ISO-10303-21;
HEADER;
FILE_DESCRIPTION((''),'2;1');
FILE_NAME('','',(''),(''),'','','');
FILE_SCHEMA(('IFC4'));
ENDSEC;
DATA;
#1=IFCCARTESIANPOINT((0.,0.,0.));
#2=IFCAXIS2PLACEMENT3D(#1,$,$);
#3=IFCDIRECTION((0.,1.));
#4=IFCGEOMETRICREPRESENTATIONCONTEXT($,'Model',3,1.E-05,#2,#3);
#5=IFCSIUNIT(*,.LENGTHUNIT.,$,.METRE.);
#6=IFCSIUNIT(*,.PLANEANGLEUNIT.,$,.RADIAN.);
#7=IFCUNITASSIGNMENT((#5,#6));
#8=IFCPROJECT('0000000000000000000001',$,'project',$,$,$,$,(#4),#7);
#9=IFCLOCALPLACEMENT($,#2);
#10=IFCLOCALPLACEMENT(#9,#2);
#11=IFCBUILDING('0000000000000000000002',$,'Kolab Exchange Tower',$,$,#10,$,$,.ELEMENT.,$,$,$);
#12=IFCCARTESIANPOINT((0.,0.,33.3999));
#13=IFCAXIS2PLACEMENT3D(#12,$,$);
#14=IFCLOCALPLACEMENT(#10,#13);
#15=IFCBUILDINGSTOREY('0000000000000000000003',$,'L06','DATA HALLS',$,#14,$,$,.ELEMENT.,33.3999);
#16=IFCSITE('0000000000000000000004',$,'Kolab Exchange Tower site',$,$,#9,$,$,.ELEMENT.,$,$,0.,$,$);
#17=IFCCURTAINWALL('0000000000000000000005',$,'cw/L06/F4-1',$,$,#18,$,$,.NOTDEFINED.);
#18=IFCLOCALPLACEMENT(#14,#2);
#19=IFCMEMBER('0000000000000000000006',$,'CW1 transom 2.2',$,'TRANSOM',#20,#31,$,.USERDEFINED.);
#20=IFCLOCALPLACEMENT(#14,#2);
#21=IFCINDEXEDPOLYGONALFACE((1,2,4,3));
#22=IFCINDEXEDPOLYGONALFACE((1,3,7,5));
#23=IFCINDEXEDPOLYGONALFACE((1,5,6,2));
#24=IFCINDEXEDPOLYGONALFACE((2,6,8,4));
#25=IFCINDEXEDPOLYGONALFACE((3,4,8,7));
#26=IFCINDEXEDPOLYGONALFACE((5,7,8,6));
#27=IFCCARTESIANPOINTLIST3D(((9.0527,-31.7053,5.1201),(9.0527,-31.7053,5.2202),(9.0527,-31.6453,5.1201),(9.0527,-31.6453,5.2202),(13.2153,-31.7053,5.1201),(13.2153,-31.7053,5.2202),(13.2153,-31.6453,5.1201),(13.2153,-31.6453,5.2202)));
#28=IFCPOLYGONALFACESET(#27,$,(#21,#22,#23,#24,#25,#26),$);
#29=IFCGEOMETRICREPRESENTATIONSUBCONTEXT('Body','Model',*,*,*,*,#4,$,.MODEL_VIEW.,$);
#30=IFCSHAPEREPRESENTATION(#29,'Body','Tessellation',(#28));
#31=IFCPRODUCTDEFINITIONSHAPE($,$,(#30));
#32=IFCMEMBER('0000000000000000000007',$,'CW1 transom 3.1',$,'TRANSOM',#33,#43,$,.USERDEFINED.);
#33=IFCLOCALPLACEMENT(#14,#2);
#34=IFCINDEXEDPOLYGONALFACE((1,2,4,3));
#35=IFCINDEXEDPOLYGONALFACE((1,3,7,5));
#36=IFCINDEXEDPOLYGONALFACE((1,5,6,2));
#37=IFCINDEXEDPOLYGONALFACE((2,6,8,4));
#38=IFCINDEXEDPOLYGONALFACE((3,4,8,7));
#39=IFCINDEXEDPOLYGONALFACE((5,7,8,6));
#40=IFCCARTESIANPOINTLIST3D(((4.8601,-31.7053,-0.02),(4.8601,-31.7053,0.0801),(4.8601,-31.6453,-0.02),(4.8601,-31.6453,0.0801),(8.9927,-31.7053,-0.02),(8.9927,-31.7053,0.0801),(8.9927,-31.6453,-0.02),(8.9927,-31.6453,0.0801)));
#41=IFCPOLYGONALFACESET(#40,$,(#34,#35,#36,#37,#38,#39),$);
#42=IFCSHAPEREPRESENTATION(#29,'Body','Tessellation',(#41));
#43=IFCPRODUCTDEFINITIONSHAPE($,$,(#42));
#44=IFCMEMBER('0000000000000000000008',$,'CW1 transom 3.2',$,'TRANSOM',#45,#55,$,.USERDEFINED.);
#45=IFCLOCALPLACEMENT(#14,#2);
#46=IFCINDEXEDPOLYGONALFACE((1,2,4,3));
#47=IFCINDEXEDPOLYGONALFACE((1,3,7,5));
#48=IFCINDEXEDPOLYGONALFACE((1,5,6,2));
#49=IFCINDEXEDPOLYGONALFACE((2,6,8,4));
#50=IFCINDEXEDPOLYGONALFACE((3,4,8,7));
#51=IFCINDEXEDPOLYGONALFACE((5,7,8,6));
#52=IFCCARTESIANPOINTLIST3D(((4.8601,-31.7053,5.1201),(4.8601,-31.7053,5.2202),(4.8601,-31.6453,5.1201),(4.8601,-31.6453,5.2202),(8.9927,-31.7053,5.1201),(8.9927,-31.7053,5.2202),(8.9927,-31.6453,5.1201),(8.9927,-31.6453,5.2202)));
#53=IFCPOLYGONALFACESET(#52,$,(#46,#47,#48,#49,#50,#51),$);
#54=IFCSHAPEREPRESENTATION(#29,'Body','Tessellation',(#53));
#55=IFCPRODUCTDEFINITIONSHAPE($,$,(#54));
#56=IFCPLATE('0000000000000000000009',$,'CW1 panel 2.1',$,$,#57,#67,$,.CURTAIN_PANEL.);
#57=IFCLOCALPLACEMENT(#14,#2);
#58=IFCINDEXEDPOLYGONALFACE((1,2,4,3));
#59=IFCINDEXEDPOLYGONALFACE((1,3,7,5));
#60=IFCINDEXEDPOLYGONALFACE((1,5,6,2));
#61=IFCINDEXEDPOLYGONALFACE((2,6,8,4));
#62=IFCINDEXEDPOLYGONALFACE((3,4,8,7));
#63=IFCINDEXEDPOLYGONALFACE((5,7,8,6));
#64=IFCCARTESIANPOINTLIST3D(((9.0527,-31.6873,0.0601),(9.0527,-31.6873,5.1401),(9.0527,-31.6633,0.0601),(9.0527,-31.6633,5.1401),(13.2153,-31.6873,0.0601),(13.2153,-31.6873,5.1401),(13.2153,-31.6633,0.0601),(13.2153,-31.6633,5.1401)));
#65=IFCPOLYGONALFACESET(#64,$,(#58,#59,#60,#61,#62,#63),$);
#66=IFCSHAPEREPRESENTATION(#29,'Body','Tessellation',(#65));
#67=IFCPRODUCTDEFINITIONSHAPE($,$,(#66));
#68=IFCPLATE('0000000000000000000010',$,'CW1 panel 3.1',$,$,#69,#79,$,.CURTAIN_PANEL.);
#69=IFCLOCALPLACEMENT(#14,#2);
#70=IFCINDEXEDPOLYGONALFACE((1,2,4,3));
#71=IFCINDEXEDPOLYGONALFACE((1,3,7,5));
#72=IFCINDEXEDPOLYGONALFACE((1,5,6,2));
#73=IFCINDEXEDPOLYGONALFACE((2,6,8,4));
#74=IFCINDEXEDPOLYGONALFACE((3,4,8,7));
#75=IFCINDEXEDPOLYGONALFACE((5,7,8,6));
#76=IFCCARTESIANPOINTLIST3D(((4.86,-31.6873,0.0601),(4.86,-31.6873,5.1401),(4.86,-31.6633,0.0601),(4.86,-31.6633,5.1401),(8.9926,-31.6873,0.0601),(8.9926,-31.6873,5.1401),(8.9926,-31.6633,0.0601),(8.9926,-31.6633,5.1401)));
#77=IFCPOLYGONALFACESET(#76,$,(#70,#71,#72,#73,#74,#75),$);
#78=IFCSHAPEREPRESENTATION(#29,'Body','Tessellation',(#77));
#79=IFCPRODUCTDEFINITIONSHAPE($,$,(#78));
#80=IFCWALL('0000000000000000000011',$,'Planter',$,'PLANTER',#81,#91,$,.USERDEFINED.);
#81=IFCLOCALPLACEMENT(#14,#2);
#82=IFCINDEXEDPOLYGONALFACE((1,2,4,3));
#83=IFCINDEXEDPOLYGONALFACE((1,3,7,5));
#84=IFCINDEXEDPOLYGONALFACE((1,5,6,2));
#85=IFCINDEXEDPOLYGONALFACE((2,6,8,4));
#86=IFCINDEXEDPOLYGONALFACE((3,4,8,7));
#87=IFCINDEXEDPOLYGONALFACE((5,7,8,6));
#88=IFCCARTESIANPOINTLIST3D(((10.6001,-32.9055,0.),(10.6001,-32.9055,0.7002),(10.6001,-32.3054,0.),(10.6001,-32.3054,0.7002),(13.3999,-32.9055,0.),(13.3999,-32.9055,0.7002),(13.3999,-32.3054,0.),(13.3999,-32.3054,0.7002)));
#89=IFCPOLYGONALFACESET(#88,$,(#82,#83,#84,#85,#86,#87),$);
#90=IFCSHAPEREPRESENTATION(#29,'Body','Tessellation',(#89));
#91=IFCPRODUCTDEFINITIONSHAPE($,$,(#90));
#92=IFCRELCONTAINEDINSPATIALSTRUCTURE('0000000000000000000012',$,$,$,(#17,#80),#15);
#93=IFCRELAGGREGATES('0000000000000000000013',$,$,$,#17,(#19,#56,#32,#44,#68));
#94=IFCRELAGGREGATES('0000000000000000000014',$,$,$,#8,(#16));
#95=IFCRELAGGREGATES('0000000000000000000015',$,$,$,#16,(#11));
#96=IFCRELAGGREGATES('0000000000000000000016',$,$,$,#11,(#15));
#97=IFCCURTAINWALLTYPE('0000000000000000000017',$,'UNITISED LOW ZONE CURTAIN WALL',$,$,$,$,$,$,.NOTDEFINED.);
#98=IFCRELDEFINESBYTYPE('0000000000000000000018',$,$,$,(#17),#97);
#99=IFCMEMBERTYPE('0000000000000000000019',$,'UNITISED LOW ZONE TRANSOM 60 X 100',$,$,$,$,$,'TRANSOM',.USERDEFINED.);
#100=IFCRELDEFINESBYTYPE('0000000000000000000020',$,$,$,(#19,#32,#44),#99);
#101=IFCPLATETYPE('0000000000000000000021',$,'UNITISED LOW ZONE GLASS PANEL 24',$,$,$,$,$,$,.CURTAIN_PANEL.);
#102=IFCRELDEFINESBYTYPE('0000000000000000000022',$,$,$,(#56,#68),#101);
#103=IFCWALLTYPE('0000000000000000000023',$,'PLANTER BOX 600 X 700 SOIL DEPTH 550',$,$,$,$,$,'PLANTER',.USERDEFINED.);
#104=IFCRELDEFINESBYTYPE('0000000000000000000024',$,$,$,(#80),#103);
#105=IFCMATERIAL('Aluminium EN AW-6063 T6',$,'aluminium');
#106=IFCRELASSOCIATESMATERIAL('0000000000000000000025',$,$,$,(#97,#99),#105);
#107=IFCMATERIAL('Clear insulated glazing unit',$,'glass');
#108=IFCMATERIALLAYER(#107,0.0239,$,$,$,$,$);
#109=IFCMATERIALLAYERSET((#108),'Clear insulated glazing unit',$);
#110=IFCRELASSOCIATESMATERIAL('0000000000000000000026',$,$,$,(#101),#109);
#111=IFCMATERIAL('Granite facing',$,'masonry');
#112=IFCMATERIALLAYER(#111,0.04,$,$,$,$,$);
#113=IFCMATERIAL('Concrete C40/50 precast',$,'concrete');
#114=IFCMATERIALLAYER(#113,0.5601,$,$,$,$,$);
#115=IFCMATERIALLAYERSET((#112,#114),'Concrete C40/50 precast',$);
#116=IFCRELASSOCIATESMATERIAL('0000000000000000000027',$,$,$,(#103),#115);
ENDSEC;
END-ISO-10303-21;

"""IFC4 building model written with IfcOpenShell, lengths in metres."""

from ifc_helpers import new_model, si_unit, direction, frame, frame_2d, origin, origin_2d, place, context, subcontext, project, spatial, rectangle, extrude, material, layer, layer_set, material_profile, profile_set, type_object, element, aggregate, save


model = new_model("IFC4")

# Units and contexts
model_context = context("Model", 3, precision=1e-05, world=origin(), true_north=direction((0.0, 1.0)))
body_context = subcontext(model_context, "Body", "Model", "MODEL_VIEW")
ifc_project = project(units=[si_unit("LENGTHUNIT", "METRE"), si_unit("PLANEANGLEUNIT", "RADIAN")], contexts=[model_context])

# Site, building, storey
site_placement = place(None, origin())
site = spatial("IfcSite", under=ifc_project, at=site_placement, Name="Kolab Exchange Tower site", CompositionType="ELEMENT", RefElevation=0.0)
building_placement = place(site_placement, origin())
building = spatial("IfcBuilding", under=site, at=building_placement, Name="Kolab Exchange Tower", CompositionType="ELEMENT")
storey_placement = place(building_placement, frame((0.0, 0.0, 33.3999)))
storey = spatial("IfcBuildingStorey", under=building, at=storey_placement, Name="L06", Description="DATA HALLS", CompositionType="ELEMENT", Elevation=33.3999)

# Curtain wall, members, plates
ifc_material_1 = material(Name="Aluminium EN AW-6063 T6", Category="aluminium")
curtain_wall_type = type_object("IfcCurtainWallType", Name="UNITISED LOW ZONE CURTAIN WALL", PredefinedType="NOTDEFINED", material=ifc_material_1)
curtain_wall_placement = place(storey_placement, origin())
curtain_wall = element("IfcCurtainWall", 1, at=curtain_wall_placement, inside=storey, type_object=curtain_wall_type, Name="cw/L06/F4-1", PredefinedType="NOTDEFINED")
ifc_material_profile_1 = material_profile(ifc_material_1, rectangle(XDim=0.0601, YDim=0.1001, at=origin_2d()), Name="RECT 60X100")
ifc_profile_set_1 = profile_set([ifc_material_profile_1], Name="Aluminium EN AW-6063 T6")
member_type_1 = type_object("IfcMemberType", Name="UNITISED LOW ZONE TRANSOM 60 X 100", ElementType="TRANSOM", PredefinedType="USERDEFINED", material=ifc_profile_set_1)
member_1_placement = place(storey_placement, frame((13.2153, -31.6753, 5.1702), z_axis=(-1.0, 0.0, 0.0), x_axis=(0.0, -1.0, 0.0)))
member_1 = element("IfcMember", 2, at=member_1_placement, type_object=member_type_1, Name="CW1 transom 2.2", ObjectType="TRANSOM", PredefinedType="USERDEFINED", context=body_context, shape_type="SweptSolid", body=[
    extrude(rectangle(XDim=0.0601, YDim=0.1001, at=origin_2d()), origin(), (0.0, 0.0, 1.0), 4.1626),
])
member_2_placement = place(storey_placement, frame((8.9927, -31.6753, 0.03), z_axis=(-1.0, 0.0, 0.0), x_axis=(0.0, -1.0, 0.0)))
member_2 = element("IfcMember", 3, at=member_2_placement, type_object=member_type_1, Name="CW1 transom 3.1", ObjectType="TRANSOM", PredefinedType="USERDEFINED", context=body_context, shape_type="SweptSolid", body=[
    extrude(rectangle(XDim=0.0601, YDim=0.1001, at=origin_2d()), origin(), (0.0, 0.0, 1.0), 4.1326),
])
member_3_placement = place(storey_placement, frame((8.9927, -31.6753, 5.1702), z_axis=(-1.0, 0.0, 0.0), x_axis=(0.0, -1.0, 0.0)))
member_3 = element("IfcMember", 4, at=member_3_placement, type_object=member_type_1, Name="CW1 transom 3.2", ObjectType="TRANSOM", PredefinedType="USERDEFINED", context=body_context, shape_type="SweptSolid", body=[
    extrude(rectangle(XDim=0.0601, YDim=0.1001, at=origin_2d()), origin(), (0.0, 0.0, 1.0), 4.1326),
])
ifc_material_2 = material(Name="Clear insulated glazing unit", Category="glass")
ifc_layer_1 = layer(ifc_material_2, 0.0239)
ifc_layer_set_1 = layer_set([ifc_layer_1], Name="Clear insulated glazing unit")
plate_type = type_object("IfcPlateType", Name="UNITISED LOW ZONE GLASS PANEL 24", PredefinedType="CURTAIN_PANEL", material=ifc_layer_set_1)
plate_1_placement = place(storey_placement, frame((11.134, -31.6753, 0.0601), z_axis=(0.0, 0.0, 1.0), x_axis=(-1.0, 0.0, 0.0)))
plate_1 = element("IfcPlate", 5, at=plate_1_placement, type_object=plate_type, Name="CW1 panel 2.1", PredefinedType="CURTAIN_PANEL", context=body_context, shape_type="SweptSolid", body=[
    extrude(rectangle(XDim=4.1626, YDim=0.0239, at=origin_2d()), origin(), (0.0, 0.0, 1.0), 5.0801),
])
plate_2_placement = place(storey_placement, frame((6.9263, -31.6753, 0.0601), z_axis=(0.0, 0.0, 1.0), x_axis=(-1.0, 0.0, 0.0)))
plate_2 = element("IfcPlate", 6, at=plate_2_placement, type_object=plate_type, Name="CW1 panel 3.1", PredefinedType="CURTAIN_PANEL", context=body_context, shape_type="SweptSolid", body=[
    extrude(rectangle(XDim=4.1326, YDim=0.0239, at=origin_2d()), origin(), (0.0, 0.0, 1.0), 5.0801),
])
aggregate(curtain_wall, [member_1, plate_1, member_2, member_3, plate_2])

# Wall
ifc_material_3 = material(Name="Granite facing", Category="masonry")
ifc_layer_2 = layer(ifc_material_3, 0.04)
ifc_material_4 = material(Name="Concrete C40/50 precast", Category="concrete")
ifc_layer_3 = layer(ifc_material_4, 0.5601)
ifc_layer_set_2 = layer_set([ifc_layer_2, ifc_layer_3], Name="Concrete C40/50 precast")
wall_type_1 = type_object("IfcWallType", Name="PLANTER BOX 600 X 700 SOIL DEPTH 550", ElementType="PLANTER", PredefinedType="USERDEFINED", material=ifc_layer_set_2)
wall_1_placement = place(storey_placement, frame((13.3999, -32.6055, 0.0), z_axis=(0.0, 0.0, 1.0), x_axis=(-1.0, 0.0, 0.0)))
element("IfcWall", 7, at=wall_1_placement, inside=storey, type_object=wall_type_1, Name="Planter", ObjectType="PLANTER", PredefinedType="USERDEFINED", context=body_context, shape_type="SweptSolid", body=[
    extrude(rectangle(XDim=2.7998, YDim=0.6001, at=frame_2d((1.3999, 0.0))), origin(), (0.0, 0.0, 1.0), 0.7002),
])

save(model, "model.ifc")
